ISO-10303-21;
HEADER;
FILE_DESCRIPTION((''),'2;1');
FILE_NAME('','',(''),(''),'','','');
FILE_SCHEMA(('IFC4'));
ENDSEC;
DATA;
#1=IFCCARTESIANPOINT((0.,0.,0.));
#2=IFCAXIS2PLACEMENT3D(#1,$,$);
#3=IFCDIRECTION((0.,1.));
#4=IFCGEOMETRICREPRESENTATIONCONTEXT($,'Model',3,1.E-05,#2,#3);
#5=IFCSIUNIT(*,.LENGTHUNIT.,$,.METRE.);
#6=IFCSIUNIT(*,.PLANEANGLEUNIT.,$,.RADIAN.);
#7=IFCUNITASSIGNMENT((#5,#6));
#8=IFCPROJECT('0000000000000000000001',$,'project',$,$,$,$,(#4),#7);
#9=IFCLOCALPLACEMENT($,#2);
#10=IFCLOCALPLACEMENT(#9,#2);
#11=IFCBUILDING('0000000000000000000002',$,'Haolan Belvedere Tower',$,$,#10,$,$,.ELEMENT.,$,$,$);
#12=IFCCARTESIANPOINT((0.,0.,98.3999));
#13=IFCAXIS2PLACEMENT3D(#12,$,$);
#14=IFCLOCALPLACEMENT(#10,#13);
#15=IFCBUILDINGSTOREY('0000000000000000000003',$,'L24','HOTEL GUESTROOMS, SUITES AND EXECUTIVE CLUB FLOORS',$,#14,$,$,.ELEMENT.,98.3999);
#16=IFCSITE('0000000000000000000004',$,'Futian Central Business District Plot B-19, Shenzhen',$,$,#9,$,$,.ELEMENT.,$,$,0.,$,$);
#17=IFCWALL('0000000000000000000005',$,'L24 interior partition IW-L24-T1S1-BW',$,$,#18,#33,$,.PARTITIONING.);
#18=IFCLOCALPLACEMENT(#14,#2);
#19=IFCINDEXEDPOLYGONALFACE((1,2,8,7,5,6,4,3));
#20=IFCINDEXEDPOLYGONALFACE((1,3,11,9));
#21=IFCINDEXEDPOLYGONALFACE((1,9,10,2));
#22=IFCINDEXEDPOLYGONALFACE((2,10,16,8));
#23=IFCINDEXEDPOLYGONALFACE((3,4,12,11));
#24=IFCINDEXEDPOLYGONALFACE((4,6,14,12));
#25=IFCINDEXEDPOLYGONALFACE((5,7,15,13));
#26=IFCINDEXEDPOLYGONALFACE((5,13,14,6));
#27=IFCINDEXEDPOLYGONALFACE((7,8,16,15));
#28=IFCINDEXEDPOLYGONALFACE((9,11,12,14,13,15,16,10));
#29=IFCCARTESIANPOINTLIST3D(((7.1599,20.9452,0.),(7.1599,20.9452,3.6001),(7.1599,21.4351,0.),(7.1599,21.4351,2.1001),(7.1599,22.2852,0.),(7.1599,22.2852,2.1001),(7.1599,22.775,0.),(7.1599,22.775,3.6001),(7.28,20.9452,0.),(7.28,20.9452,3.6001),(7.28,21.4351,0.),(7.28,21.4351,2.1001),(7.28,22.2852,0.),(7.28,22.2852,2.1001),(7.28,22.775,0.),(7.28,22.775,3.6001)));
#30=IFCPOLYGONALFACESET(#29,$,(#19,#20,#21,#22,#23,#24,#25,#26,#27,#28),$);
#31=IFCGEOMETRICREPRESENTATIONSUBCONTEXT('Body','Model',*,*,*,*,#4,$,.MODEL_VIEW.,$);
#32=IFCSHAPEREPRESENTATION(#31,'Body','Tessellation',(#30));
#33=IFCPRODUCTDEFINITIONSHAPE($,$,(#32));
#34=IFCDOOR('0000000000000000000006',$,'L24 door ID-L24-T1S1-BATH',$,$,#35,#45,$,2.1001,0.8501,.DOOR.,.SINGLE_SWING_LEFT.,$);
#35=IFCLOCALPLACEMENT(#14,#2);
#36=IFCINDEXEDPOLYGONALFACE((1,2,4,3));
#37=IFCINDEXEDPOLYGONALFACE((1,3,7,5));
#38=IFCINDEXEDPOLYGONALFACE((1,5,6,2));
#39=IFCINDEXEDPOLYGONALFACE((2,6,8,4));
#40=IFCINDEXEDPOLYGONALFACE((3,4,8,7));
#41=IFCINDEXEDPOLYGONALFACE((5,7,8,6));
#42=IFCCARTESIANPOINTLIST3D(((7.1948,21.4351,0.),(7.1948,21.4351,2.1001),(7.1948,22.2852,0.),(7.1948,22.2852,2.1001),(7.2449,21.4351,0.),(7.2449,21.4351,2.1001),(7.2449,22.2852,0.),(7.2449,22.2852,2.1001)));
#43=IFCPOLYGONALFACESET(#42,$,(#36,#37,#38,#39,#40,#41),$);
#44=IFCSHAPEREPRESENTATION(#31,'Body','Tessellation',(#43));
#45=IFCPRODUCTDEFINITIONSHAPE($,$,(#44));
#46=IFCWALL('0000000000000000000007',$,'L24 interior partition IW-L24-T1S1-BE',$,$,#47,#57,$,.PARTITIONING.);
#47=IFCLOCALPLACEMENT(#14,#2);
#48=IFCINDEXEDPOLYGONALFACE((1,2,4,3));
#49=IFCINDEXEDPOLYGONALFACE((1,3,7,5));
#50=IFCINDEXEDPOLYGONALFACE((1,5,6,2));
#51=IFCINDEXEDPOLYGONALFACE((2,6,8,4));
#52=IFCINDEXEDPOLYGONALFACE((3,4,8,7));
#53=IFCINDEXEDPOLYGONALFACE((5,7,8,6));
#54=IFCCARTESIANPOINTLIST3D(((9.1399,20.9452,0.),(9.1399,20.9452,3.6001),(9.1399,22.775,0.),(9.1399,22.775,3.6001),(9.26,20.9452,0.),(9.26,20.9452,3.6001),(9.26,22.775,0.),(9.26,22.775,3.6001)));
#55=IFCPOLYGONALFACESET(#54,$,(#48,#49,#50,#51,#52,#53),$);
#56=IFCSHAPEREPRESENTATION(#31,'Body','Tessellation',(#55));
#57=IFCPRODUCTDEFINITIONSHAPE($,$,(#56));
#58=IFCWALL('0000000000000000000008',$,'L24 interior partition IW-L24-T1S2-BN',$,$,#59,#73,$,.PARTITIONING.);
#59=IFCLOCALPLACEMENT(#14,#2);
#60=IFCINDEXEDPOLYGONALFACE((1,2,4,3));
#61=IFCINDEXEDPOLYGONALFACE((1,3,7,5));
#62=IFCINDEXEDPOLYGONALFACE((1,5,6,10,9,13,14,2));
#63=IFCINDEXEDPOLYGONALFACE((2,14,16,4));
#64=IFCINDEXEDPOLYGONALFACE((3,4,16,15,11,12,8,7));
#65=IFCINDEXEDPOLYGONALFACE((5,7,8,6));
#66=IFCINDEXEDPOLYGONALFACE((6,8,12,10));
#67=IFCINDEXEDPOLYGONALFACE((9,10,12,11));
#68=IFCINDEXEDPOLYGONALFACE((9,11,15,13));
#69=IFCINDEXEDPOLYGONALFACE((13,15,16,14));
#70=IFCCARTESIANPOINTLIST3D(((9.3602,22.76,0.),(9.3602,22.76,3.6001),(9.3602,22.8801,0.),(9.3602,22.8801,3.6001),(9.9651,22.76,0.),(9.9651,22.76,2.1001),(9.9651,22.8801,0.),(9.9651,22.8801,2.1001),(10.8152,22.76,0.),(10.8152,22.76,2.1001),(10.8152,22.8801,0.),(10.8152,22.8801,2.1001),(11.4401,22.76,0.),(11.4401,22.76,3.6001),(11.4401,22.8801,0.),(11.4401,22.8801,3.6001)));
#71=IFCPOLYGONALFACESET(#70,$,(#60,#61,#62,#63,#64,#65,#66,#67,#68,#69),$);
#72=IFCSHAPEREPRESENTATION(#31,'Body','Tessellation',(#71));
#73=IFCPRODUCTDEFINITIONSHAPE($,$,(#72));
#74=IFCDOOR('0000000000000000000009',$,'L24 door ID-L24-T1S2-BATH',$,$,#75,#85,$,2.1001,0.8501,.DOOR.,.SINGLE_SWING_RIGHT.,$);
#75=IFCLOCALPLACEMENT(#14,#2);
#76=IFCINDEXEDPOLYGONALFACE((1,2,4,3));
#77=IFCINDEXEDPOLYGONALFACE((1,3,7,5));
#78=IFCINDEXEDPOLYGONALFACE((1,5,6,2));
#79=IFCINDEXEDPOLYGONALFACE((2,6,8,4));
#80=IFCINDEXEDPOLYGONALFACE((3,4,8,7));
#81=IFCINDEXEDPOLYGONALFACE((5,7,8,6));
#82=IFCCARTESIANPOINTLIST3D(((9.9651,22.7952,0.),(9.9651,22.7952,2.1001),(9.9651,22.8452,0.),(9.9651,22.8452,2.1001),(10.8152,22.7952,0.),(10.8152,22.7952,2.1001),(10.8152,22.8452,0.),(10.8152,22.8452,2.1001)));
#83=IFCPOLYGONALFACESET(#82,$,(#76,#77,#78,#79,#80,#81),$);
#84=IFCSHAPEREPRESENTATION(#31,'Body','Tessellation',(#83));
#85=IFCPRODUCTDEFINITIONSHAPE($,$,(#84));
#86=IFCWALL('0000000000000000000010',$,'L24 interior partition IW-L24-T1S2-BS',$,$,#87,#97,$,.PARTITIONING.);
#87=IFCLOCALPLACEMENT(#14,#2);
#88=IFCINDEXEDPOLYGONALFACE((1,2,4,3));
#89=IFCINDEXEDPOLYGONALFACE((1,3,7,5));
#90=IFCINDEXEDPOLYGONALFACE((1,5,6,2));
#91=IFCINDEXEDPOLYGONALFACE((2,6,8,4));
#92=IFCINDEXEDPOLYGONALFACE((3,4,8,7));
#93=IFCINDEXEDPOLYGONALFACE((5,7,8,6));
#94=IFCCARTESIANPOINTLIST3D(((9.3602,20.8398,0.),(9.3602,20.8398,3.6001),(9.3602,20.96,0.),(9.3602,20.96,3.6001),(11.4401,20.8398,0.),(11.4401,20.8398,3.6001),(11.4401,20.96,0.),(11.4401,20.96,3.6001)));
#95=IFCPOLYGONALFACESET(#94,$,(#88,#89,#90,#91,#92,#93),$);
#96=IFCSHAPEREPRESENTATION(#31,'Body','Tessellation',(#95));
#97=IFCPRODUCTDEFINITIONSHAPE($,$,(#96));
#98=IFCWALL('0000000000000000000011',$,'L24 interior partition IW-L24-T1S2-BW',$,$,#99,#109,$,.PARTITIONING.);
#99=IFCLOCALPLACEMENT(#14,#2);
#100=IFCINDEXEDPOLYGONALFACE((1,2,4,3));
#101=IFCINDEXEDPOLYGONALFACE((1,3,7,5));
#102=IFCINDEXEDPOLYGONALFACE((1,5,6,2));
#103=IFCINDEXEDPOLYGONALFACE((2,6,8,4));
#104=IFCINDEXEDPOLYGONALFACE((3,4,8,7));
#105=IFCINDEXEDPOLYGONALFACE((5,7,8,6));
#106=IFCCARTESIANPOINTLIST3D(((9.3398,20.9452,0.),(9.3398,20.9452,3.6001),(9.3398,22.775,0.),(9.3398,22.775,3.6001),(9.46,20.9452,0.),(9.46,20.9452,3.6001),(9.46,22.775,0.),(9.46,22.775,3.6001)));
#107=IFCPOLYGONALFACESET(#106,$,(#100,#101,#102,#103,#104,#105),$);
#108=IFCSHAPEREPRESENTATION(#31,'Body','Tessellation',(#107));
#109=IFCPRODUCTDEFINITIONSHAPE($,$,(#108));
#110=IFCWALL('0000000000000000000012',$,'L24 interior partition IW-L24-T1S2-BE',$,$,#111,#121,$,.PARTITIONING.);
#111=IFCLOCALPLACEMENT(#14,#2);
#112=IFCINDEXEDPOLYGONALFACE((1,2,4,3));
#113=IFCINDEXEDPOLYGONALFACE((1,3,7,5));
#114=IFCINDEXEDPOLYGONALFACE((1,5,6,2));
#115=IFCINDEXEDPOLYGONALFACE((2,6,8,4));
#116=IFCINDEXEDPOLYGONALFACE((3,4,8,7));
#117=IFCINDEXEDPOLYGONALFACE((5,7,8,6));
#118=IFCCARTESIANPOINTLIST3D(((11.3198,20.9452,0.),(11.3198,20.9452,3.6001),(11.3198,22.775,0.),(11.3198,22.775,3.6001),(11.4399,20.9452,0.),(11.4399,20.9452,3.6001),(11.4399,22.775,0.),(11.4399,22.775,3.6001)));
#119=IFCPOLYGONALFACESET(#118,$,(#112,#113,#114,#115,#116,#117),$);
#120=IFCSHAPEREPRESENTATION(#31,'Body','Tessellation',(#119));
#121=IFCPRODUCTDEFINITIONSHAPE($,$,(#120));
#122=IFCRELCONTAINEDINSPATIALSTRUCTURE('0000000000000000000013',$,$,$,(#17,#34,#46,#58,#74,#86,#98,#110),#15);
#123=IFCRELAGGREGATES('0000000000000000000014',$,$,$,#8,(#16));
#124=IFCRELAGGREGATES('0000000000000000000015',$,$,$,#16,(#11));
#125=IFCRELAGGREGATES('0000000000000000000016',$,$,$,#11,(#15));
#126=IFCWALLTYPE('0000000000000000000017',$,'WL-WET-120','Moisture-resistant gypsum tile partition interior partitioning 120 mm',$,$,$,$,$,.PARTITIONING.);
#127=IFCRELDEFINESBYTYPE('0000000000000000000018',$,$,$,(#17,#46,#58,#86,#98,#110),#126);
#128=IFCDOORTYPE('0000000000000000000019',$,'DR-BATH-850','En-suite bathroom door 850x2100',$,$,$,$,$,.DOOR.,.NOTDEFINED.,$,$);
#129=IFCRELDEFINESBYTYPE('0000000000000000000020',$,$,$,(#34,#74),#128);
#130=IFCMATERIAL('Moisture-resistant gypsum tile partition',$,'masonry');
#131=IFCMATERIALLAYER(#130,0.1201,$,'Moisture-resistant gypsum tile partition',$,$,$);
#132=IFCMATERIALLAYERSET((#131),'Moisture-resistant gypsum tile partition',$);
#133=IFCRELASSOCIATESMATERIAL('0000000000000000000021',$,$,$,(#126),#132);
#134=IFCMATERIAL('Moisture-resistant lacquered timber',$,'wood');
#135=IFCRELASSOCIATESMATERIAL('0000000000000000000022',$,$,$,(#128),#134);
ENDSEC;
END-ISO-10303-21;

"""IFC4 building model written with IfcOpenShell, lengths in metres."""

from ifc_helpers import new_model, si_unit, direction, frame, frame_2d, origin, place, context, subcontext, project, spatial, rectangle, extrude, material, layer, layer_set, type_object, element, fill, save


model = new_model("IFC4")

# Units and contexts
model_context = context("Model", 3, precision=1e-05, world=origin(), true_north=direction((0.0, 1.0)))
body_context = subcontext(model_context, "Body", "Model", "MODEL_VIEW")
ifc_project = project(units=[si_unit("LENGTHUNIT", "METRE"), si_unit("PLANEANGLEUNIT", "RADIAN")], contexts=[model_context])

# Site, building, storey
site_placement = place(None, origin())
site = spatial("IfcSite", under=ifc_project, at=site_placement, Name="Futian Central Business District Plot B-19, Shenzhen", CompositionType="ELEMENT", RefElevation=0.0)
building_placement = place(site_placement, origin())
building = spatial("IfcBuilding", under=site, at=building_placement, Name="Haolan Belvedere Tower", CompositionType="ELEMENT")
storey_placement = place(building_placement, frame((0.0, 0.0, 98.3999)))
storey = spatial("IfcBuildingStorey", under=building, at=storey_placement, Name="L24", Description="HOTEL GUESTROOMS, SUITES AND EXECUTIVE CLUB FLOORS", CompositionType="ELEMENT", Elevation=98.3999)

# Shared definitions
ifc_material_1 = material(Name="Moisture-resistant gypsum tile partition", Category="masonry")
ifc_layer_1 = layer(ifc_material_1, 0.1201, Name="Moisture-resistant gypsum tile partition")
ifc_layer_set_1 = layer_set([ifc_layer_1], Name="Moisture-resistant gypsum tile partition")
wall_type_1 = type_object("IfcWallType", Name="WL-WET-120", Description="Moisture-resistant gypsum tile partition interior partitioning 120 mm", PredefinedType="PARTITIONING", material=ifc_layer_set_1)

# Wall, opening, door
wall_1_placement = place(storey_placement, frame((7.22, 20.9451, 0.0), z_axis=(0.0, 0.0, 1.0), x_axis=(0.0, 1.0, 0.0)))
wall_1 = element("IfcWall", 1, at=wall_1_placement, inside=storey, type_object=wall_type_1, Name="L24 interior partition IW-L24-T1S1-BW", PredefinedType="PARTITIONING", context=body_context, shape_type="SweptSolid", body=[
    extrude(rectangle(XDim=1.8298, YDim=0.1201, at=frame_2d((0.915, 0.0))), origin(), (0.0, 0.0, 1.0), 3.6001),
])
opening_1_placement = place(wall_1_placement, frame((1.3401, 0.0, 0.0), z_axis=(0.0, 0.0, 1.0), x_axis=(-1.0, 0.0, 0.0)))
opening_1 = element("IfcOpeningElement", 2, at=opening_1_placement, cuts=wall_1, PredefinedType="OPENING", context=body_context, shape_type="SweptSolid", body=[
    extrude(rectangle(XDim=0.8501, YDim=2.1001, at=frame_2d((0.425, 1.05))), frame((0.0, 0.0701, 0.0), z_axis=(0.0, -1.0, 0.0), x_axis=(1.0, 0.0, 0.0)), (0.0, 0.0, 1.0), 0.1401),
])
ifc_material_2 = material(Name="Moisture-resistant lacquered timber", Category="wood")
door_type_1 = type_object("IfcDoorType", Name="DR-BATH-850", Description="En-suite bathroom door 850x2100", OperationType="NOTDEFINED", PredefinedType="DOOR", material=ifc_material_2)
door_1_placement = place(opening_1_placement, origin())
door_1 = element("IfcDoor", 3, at=door_1_placement, inside=storey, type_object=door_type_1, Name="L24 door ID-L24-T1S1-BATH", OperationType="SINGLE_SWING_LEFT", OverallHeight=2.1001, OverallWidth=0.8501, PredefinedType="DOOR", context=body_context, shape_type="SweptSolid", body=[
    extrude(rectangle(XDim=0.8501, YDim=2.1001, at=frame_2d((0.425, 1.05))), frame((0.0, 0.0249, 0.0), z_axis=(0.0, -1.0, 0.0), x_axis=(1.0, 0.0, 0.0)), (0.0, 0.0, 1.0), 0.05),
])
fill(opening_1, door_1)

# Wall
wall_2_placement = place(storey_placement, frame((9.2, 20.9451, 0.0), z_axis=(0.0, 0.0, 1.0), x_axis=(0.0, 1.0, 0.0)))
element("IfcWall", 4, at=wall_2_placement, inside=storey, type_object=wall_type_1, Name="L24 interior partition IW-L24-T1S1-BE", PredefinedType="PARTITIONING", context=body_context, shape_type="SweptSolid", body=[
    extrude(rectangle(XDim=1.8298, YDim=0.1201, at=frame_2d((0.915, 0.0))), origin(), (0.0, 0.0, 1.0), 3.6001),
])

# Wall, opening, door
wall_3_placement = place(storey_placement, frame((9.3601, 22.8201, 0.0), z_axis=(0.0, 0.0, 1.0), x_axis=(1.0, 0.0, 0.0)))
wall_3 = element("IfcWall", 5, at=wall_3_placement, inside=storey, type_object=wall_type_1, Name="L24 interior partition IW-L24-T1S2-BN", PredefinedType="PARTITIONING", context=body_context, shape_type="SweptSolid", body=[
    extrude(rectangle(XDim=2.0798, YDim=0.1201, at=frame_2d((1.04, 0.0))), origin(), (0.0, 0.0, 1.0), 3.6001),
])
opening_2_placement = place(wall_3_placement, frame((1.4551, 0.0, 0.0), z_axis=(0.0, 0.0, 1.0), x_axis=(-1.0, 0.0, 0.0)))
opening_2 = element("IfcOpeningElement", 6, at=opening_2_placement, cuts=wall_3, PredefinedType="OPENING", context=body_context, shape_type="SweptSolid", body=[
    extrude(rectangle(XDim=0.8501, YDim=2.1001, at=frame_2d((0.425, 1.05))), frame((0.0, 0.0701, 0.0), z_axis=(0.0, -1.0, 0.0), x_axis=(1.0, 0.0, 0.0)), (0.0, 0.0, 1.0), 0.1401),
])
door_2_placement = place(opening_2_placement, origin())
door_2 = element("IfcDoor", 7, at=door_2_placement, inside=storey, type_object=door_type_1, Name="L24 door ID-L24-T1S2-BATH", OperationType="SINGLE_SWING_RIGHT", OverallHeight=2.1001, OverallWidth=0.8501, PredefinedType="DOOR", context=body_context, shape_type="SweptSolid", body=[
    extrude(rectangle(XDim=0.8501, YDim=2.1001, at=frame_2d((0.425, 1.05))), frame((0.0, 0.0249, 0.0), z_axis=(0.0, -1.0, 0.0), x_axis=(1.0, 0.0, 0.0)), (0.0, 0.0, 1.0), 0.05),
])
fill(opening_2, door_2)

# Walls
wall_4_placement = place(storey_placement, frame((9.3601, 20.8999, 0.0), z_axis=(0.0, 0.0, 1.0), x_axis=(1.0, 0.0, 0.0)))
element("IfcWall", 8, at=wall_4_placement, inside=storey, type_object=wall_type_1, Name="L24 interior partition IW-L24-T1S2-BS", PredefinedType="PARTITIONING", context=body_context, shape_type="SweptSolid", body=[
    extrude(rectangle(XDim=2.0798, YDim=0.1201, at=frame_2d((1.04, 0.0))), origin(), (0.0, 0.0, 1.0), 3.6001),
])
for number, where, z_axis, x_axis, name in (
    (9, (9.3999, 20.9451, 0.0), (0.0, 0.0, 1.0), (0.0, 1.0, 0.0), "L24 interior partition IW-L24-T1S2-BW"),
    (10, (11.3799, 20.9451, 0.0), (0.0, 0.0, 1.0), (0.0, 1.0, 0.0), "L24 interior partition IW-L24-T1S2-BE"),
):
    element("IfcWall", number, at=place(storey_placement, frame(where, z_axis=z_axis, x_axis=x_axis)), inside=storey, type_object=wall_type_1, Name=name, PredefinedType="PARTITIONING", context=body_context, shape_type="SweptSolid", body=[
        extrude(rectangle(XDim=1.8298, YDim=0.1201, at=frame_2d((0.915, 0.0))), origin(), (0.0, 0.0, 1.0), 3.6001),
    ])

save(model, "model.ifc")
